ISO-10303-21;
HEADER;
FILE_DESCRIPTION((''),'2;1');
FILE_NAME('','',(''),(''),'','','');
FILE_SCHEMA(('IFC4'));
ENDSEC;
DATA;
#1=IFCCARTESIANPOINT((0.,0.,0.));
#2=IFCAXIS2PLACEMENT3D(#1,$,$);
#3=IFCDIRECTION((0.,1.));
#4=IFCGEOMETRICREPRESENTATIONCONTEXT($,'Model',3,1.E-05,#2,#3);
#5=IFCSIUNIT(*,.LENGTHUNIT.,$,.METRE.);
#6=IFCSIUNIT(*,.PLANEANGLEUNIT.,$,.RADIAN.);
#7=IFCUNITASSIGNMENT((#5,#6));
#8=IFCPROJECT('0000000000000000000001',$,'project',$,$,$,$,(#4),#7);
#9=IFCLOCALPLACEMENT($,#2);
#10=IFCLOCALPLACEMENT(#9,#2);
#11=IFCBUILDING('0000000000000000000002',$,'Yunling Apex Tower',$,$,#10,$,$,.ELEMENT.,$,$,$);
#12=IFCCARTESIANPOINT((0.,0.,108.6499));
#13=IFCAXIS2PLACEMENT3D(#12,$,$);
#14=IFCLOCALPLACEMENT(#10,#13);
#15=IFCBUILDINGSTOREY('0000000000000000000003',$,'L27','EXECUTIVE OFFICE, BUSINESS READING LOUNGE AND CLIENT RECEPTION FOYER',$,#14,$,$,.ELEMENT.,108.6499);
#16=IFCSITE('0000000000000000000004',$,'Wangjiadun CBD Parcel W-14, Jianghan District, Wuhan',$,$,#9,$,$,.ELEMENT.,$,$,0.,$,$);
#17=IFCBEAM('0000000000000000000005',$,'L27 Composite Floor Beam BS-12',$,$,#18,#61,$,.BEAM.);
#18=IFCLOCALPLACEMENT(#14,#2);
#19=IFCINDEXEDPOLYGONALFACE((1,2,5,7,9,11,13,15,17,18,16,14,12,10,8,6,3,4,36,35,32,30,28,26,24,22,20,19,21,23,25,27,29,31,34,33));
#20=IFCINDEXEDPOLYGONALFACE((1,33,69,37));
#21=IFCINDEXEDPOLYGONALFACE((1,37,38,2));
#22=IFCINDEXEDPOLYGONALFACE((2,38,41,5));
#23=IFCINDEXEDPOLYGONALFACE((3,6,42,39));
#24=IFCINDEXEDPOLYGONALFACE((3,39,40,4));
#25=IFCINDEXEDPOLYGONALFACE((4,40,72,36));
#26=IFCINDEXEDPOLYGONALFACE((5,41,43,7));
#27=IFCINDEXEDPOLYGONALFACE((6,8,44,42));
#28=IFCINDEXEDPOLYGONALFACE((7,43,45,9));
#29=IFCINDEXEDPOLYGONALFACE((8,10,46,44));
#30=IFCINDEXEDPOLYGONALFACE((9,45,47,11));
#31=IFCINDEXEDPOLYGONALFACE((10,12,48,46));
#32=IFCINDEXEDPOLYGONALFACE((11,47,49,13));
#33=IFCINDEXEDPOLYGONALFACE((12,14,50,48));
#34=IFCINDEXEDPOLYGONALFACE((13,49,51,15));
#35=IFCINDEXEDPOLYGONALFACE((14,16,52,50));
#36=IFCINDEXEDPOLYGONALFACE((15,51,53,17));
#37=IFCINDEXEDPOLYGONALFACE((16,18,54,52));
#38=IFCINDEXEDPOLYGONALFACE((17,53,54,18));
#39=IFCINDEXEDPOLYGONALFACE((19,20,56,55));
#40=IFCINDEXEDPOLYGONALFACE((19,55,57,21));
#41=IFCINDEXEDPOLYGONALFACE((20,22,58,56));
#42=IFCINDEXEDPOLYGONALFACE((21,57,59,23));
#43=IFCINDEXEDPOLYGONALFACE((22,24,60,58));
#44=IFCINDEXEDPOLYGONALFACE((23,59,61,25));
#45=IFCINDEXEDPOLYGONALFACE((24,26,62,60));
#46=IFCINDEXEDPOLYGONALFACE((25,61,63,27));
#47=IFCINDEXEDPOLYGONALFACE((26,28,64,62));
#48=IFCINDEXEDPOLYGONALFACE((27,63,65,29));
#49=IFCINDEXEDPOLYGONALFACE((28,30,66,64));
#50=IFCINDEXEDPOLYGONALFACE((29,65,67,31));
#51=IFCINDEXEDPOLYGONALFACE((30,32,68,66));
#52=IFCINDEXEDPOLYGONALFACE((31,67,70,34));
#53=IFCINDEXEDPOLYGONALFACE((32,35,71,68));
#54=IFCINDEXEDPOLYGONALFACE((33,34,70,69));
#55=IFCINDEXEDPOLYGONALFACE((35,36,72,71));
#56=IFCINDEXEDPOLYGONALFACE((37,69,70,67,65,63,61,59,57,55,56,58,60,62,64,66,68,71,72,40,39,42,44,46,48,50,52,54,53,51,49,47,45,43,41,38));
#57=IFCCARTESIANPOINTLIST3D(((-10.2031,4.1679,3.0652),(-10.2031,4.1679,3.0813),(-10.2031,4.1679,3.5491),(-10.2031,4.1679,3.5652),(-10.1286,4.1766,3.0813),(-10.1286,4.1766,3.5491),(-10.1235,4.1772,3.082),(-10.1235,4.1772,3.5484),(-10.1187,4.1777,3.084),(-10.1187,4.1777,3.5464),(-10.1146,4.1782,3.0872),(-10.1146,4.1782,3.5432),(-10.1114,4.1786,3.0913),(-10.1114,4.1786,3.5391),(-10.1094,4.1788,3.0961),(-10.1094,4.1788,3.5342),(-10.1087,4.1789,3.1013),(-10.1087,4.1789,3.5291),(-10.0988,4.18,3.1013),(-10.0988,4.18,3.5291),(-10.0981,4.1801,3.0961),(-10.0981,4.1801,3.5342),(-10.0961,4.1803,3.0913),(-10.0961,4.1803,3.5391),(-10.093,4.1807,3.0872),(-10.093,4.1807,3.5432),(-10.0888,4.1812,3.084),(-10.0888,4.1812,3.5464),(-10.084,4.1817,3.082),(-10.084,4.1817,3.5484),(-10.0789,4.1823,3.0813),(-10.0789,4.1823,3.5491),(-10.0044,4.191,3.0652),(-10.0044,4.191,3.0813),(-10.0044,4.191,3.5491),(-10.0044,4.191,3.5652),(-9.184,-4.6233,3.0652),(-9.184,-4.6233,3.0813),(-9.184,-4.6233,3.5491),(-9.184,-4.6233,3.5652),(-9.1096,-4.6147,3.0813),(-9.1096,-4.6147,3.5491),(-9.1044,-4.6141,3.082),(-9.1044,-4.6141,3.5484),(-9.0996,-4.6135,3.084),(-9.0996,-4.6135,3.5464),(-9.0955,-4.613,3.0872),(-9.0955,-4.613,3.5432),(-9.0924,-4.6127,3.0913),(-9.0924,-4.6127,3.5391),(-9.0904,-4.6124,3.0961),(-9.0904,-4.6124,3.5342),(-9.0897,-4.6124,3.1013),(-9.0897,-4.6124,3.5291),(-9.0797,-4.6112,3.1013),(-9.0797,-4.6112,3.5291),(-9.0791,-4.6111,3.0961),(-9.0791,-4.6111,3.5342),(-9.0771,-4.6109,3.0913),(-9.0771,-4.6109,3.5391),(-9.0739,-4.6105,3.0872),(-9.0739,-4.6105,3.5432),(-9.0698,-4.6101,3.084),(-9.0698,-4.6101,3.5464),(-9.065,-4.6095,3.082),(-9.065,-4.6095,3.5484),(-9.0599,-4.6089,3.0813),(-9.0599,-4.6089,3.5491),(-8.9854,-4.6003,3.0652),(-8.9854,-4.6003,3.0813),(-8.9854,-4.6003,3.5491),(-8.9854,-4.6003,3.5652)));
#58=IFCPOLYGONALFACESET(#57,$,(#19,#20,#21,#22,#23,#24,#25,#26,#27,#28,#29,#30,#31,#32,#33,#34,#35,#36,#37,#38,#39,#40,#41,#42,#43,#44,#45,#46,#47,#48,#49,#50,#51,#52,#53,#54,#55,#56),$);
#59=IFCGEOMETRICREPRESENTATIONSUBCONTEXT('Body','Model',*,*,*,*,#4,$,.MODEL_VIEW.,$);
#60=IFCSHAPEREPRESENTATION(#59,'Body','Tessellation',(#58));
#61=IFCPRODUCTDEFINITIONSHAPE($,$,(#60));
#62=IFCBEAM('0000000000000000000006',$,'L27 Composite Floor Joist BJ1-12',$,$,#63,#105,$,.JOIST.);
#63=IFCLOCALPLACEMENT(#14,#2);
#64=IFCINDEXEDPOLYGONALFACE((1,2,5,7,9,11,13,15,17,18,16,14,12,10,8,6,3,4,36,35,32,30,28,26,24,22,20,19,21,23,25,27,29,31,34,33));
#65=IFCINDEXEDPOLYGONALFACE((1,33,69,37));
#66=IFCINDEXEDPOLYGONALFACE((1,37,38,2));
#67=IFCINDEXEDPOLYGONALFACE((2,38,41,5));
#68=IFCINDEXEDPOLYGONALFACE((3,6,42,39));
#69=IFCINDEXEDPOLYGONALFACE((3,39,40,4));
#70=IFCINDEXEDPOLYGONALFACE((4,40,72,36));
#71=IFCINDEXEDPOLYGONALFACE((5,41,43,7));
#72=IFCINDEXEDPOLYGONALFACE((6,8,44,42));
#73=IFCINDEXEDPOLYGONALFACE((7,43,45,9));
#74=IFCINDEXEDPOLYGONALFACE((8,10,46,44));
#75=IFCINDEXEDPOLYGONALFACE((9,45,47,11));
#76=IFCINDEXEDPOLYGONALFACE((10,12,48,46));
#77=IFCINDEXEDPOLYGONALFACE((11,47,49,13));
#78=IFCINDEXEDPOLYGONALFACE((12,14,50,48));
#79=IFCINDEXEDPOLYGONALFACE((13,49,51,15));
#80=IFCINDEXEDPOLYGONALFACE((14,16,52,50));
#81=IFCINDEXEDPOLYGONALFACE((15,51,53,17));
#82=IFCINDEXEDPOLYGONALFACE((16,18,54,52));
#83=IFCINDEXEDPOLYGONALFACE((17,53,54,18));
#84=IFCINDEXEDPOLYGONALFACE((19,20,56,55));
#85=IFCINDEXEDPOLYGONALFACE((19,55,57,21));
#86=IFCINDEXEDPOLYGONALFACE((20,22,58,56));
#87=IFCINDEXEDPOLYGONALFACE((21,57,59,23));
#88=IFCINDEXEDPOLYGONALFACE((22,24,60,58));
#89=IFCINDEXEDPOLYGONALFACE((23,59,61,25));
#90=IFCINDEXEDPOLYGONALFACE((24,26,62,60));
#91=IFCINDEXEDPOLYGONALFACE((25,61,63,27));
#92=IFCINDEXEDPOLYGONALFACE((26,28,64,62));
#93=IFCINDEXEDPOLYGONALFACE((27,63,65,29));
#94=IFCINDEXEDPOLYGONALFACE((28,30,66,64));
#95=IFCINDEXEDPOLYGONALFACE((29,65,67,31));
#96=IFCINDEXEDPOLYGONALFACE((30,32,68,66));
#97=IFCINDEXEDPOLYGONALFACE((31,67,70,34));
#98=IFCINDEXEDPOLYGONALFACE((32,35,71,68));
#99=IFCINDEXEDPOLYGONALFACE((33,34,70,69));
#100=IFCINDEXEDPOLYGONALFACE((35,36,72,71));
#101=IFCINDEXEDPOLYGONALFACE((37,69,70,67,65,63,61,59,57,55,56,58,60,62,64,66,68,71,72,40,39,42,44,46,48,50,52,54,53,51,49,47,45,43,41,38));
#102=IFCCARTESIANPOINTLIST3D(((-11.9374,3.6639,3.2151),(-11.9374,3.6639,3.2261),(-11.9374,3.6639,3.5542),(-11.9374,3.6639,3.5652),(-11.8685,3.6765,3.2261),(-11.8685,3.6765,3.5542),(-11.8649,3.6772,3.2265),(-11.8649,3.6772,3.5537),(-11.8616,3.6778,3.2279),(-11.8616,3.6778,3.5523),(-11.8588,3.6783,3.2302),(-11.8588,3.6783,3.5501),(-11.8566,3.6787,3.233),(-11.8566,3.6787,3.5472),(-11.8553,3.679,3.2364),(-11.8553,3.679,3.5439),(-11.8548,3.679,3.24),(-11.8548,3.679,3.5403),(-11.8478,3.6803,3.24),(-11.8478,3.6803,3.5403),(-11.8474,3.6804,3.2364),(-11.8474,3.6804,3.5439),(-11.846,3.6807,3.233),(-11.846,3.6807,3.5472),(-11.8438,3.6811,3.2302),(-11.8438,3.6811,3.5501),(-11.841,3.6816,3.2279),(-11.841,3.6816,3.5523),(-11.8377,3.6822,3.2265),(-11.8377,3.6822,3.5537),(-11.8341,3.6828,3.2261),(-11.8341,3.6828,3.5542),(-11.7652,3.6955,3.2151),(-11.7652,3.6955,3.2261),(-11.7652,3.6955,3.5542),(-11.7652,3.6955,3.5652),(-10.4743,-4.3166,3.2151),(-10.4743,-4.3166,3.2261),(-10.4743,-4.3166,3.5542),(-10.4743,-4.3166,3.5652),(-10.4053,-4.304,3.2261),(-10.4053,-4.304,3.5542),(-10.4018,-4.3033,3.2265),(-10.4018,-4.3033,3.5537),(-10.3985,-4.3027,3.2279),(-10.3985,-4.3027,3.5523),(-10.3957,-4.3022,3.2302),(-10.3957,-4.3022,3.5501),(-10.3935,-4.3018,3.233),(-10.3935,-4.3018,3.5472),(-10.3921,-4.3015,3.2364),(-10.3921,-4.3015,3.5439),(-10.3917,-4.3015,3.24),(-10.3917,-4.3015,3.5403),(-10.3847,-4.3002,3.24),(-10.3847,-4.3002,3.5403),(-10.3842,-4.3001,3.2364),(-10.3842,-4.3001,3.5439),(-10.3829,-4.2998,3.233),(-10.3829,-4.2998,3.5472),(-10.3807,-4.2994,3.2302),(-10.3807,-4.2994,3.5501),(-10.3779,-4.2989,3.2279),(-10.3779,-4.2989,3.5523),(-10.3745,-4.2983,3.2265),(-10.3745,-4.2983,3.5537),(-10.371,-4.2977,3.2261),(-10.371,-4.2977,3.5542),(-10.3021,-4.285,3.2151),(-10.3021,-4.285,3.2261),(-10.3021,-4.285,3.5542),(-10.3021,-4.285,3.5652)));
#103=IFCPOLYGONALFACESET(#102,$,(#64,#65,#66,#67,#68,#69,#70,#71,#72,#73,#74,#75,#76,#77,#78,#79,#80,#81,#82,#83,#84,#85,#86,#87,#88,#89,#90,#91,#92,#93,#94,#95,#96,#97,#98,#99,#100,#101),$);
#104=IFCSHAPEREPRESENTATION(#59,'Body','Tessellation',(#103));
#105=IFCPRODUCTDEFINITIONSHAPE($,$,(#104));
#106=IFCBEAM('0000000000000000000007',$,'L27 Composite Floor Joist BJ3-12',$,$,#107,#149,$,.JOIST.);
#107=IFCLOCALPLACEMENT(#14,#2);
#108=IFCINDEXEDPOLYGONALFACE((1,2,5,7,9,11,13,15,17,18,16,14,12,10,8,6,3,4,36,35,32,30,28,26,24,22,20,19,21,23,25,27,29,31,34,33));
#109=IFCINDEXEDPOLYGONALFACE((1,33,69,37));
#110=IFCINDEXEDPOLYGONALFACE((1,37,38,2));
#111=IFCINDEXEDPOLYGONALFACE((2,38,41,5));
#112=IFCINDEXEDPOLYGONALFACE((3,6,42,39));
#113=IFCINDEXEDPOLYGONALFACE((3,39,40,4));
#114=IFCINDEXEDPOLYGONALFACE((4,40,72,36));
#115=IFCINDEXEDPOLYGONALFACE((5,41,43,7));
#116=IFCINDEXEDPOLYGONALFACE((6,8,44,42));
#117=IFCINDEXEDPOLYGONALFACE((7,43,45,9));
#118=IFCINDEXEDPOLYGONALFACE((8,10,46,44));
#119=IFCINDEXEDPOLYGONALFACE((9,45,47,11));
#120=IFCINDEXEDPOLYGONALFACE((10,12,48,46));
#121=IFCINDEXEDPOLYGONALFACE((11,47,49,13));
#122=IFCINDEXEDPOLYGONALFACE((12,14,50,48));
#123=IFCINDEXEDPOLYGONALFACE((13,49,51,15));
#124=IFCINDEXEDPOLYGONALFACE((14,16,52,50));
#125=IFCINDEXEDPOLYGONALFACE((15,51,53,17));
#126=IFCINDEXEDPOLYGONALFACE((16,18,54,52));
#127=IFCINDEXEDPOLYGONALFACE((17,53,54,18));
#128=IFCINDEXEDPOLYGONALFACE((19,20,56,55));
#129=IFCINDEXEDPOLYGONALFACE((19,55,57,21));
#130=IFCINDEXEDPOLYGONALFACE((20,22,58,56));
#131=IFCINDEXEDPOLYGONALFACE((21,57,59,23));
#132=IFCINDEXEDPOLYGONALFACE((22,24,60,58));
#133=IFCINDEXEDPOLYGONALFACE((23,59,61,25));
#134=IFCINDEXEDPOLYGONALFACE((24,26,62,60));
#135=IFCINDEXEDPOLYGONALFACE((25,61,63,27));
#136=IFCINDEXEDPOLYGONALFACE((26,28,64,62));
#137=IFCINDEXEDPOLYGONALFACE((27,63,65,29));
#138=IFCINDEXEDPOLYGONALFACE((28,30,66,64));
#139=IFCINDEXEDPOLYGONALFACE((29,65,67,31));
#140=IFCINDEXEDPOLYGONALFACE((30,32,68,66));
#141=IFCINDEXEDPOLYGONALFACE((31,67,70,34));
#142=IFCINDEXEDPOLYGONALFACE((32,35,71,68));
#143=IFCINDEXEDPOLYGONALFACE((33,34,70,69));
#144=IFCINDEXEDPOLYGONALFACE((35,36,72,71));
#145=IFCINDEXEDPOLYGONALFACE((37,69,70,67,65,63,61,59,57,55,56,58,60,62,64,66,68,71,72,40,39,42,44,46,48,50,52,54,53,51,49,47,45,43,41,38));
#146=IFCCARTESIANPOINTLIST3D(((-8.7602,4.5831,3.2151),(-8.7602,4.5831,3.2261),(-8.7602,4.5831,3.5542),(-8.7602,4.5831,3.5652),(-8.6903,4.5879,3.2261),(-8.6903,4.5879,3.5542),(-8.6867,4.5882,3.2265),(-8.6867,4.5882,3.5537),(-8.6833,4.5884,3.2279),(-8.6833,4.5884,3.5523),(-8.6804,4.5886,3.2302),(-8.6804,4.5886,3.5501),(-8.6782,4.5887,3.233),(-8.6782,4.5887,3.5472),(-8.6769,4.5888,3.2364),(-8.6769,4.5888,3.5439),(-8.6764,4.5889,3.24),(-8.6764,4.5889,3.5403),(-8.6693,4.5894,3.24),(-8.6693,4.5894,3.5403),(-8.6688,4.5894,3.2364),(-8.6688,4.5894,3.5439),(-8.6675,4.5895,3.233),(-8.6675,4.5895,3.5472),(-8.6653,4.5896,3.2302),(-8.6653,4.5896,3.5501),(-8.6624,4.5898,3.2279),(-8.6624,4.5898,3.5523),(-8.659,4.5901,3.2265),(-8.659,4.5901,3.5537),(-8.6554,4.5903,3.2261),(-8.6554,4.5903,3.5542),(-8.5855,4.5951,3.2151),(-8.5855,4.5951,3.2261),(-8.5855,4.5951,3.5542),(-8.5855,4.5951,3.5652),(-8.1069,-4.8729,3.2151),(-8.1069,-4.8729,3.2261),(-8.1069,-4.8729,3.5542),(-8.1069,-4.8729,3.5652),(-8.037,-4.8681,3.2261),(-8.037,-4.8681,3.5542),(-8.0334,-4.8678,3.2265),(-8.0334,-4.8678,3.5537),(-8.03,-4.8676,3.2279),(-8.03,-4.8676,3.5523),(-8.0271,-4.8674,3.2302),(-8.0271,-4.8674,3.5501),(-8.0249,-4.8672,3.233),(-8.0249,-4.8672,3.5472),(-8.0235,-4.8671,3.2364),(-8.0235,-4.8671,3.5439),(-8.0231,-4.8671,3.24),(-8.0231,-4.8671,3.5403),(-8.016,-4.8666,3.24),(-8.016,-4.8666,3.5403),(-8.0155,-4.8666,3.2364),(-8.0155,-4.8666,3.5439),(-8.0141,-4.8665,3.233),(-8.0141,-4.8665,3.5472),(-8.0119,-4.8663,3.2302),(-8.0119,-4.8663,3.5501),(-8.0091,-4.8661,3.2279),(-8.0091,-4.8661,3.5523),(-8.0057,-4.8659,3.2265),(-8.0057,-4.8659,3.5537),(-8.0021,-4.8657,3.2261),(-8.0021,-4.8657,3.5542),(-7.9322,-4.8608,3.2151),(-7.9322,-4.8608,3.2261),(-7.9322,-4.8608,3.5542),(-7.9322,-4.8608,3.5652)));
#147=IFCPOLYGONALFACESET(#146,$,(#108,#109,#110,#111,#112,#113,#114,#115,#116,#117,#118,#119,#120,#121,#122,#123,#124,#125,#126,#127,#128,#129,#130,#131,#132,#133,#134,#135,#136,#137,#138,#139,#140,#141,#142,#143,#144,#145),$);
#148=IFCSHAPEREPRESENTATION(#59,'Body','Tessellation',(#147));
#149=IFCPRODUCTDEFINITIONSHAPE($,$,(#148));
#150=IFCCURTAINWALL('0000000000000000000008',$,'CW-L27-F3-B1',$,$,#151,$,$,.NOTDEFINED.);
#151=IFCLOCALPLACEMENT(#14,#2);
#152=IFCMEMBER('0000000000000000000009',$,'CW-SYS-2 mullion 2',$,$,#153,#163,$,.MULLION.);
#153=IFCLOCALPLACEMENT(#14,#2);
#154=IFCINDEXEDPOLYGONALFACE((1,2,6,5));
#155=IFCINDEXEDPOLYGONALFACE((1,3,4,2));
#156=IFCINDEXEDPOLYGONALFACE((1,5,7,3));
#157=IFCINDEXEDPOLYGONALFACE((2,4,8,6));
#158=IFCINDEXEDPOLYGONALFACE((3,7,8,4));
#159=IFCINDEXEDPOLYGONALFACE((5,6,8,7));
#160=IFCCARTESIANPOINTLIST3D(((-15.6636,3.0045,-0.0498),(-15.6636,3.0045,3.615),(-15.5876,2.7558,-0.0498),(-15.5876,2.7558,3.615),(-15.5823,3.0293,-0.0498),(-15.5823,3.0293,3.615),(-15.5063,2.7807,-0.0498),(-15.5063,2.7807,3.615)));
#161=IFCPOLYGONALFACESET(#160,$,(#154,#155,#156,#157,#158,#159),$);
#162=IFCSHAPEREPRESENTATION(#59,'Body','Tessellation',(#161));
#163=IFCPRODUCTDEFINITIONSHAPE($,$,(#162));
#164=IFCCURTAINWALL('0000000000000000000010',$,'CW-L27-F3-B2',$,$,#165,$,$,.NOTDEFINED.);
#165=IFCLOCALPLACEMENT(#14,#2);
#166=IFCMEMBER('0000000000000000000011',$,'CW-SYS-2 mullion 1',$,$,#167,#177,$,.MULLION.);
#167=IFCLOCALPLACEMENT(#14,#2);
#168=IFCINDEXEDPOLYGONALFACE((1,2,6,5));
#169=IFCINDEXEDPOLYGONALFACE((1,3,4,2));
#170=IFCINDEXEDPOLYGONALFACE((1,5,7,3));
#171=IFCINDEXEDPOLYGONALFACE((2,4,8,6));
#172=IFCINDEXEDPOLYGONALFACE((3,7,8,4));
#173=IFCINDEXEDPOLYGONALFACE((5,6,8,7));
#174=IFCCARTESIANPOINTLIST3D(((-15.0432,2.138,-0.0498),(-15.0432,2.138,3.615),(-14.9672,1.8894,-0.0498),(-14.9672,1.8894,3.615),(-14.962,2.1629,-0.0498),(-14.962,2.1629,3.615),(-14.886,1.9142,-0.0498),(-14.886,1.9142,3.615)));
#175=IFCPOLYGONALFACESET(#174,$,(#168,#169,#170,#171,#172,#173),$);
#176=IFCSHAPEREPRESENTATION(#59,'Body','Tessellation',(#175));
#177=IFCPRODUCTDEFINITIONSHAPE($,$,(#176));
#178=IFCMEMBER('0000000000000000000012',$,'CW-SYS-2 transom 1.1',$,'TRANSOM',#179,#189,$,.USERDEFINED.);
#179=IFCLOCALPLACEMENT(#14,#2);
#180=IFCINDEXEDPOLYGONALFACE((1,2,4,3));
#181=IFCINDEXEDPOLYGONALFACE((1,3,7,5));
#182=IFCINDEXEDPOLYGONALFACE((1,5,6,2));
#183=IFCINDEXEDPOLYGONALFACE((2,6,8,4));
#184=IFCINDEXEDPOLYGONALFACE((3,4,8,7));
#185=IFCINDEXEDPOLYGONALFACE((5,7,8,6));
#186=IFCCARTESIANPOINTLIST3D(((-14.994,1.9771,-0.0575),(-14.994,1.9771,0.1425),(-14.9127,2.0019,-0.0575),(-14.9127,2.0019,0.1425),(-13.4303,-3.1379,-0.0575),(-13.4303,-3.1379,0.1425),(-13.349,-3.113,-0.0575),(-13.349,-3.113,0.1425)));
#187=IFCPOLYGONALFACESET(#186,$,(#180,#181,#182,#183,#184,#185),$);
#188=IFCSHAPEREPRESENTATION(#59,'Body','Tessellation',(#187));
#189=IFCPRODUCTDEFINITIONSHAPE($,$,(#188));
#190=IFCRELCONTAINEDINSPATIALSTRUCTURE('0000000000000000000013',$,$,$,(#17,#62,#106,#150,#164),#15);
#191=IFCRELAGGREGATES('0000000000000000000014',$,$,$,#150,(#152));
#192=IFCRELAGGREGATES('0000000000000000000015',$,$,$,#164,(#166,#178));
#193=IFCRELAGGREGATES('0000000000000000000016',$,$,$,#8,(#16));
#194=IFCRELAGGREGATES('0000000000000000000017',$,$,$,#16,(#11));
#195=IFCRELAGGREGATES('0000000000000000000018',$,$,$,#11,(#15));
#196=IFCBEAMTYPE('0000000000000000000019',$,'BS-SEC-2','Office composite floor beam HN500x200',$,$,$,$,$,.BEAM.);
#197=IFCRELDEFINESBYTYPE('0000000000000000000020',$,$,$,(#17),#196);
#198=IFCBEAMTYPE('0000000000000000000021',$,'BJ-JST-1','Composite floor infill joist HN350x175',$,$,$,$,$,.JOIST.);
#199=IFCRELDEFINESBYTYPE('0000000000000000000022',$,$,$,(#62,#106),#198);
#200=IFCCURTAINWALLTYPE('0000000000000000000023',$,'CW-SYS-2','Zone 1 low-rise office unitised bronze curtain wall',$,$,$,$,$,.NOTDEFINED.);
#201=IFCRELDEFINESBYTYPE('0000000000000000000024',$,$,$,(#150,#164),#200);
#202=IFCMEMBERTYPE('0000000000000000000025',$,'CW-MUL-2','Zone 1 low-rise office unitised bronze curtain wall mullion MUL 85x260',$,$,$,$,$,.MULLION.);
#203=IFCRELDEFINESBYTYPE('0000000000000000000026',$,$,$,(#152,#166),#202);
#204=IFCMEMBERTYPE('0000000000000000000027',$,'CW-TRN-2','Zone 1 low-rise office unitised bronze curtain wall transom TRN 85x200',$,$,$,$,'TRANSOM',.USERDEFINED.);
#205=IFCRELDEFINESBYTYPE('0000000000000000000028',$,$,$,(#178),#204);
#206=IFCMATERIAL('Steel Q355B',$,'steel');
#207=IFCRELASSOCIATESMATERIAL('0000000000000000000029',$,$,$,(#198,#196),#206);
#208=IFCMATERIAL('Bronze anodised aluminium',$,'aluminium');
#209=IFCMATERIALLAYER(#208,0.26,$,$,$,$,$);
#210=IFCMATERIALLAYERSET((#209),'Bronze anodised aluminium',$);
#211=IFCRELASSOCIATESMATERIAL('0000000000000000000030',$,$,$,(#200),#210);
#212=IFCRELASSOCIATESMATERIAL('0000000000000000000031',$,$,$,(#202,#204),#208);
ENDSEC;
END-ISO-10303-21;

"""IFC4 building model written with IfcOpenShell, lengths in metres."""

from ifc_helpers import new_model, si_unit, direction, frame, origin, origin_2d, place, context, subcontext, project, spatial, rectangle, i_section, extrude, source, transform, mapped, material, layer, layer_set, material_profile, profile_set, type_object, element, aggregate, save


model = new_model("IFC4")

# Units and contexts
model_context = context("Model", 3, precision=1e-05, world=origin(), true_north=direction((0.0, 1.0)))
body_context = subcontext(model_context, "Body", "Model", "MODEL_VIEW")
ifc_project = project(units=[si_unit("LENGTHUNIT", "METRE"), si_unit("PLANEANGLEUNIT", "RADIAN")], contexts=[model_context])

# Site, building, storey
site_placement = place(None, origin())
site = spatial("IfcSite", under=ifc_project, at=site_placement, Name="Wangjiadun CBD Parcel W-14, Jianghan District, Wuhan", CompositionType="ELEMENT", RefElevation=0.0)
building_placement = place(site_placement, origin())
building = spatial("IfcBuilding", under=site, at=building_placement, Name="Yunling Apex Tower", CompositionType="ELEMENT")
storey_placement = place(building_placement, frame((0.0, 0.0, 108.6499)))
storey = spatial("IfcBuildingStorey", under=building, at=storey_placement, Name="L27", Description="EXECUTIVE OFFICE, BUSINESS READING LOUNGE AND CLIENT RECEPTION FOYER", CompositionType="ELEMENT", Elevation=108.6499)

# Beams
ifc_material_1 = material(Name="Steel Q355B", Category="steel")
ifc_material_profile_1 = material_profile(ifc_material_1, i_section(OverallWidth=0.175, OverallDepth=0.3501, WebThickness=0.0071, FlangeThickness=0.011, FilletRadius=0.0139, at=origin_2d()))
ifc_profile_set_1 = profile_set([ifc_material_profile_1], Name="Steel Q355B")
beam_type_1 = type_object("IfcBeamType", Name="BJ-JST-1", Description="Composite floor infill joist HN350x175", PredefinedType="JOIST", material=ifc_profile_set_1)
ifc_material_profile_2 = material_profile(ifc_material_1, i_section(OverallWidth=0.2, OverallDepth=0.5, WebThickness=0.01, FlangeThickness=0.0161, FilletRadius=0.02, at=origin_2d()))
ifc_profile_set_2 = profile_set([ifc_material_profile_2], Name="Steel Q355B")
beam_type_2 = type_object("IfcBeamType", Name="BS-SEC-2", Description="Office composite floor beam HN500x200", PredefinedType="BEAM", material=ifc_profile_set_2)
shared_shape_1 = source(origin(), body_context, "Body", "SweptSolid", [
    extrude(i_section(OverallWidth=0.2, OverallDepth=0.5, WebThickness=0.01, FlangeThickness=0.0161, FilletRadius=0.02, at=origin_2d()), origin(), (0.0, 0.0, 1.0), 8.8501),
])
beam_1_placement = place(storey_placement, frame((-10.1038, 4.1794, 3.3152), z_axis=(0.115144, -0.993349, 0.0), x_axis=(0.993349, 0.115144, 0.0)))
element("IfcBeam", 1, at=beam_1_placement, inside=storey, type_object=beam_type_2, Name="L27 Composite Floor Beam BS-12", PredefinedType="BEAM", context=body_context, shape_type="MappedRepresentation", body=[
    mapped(shared_shape_1, transform((0.0, 0.0, 0.0), scale=1.0)),
])
shared_shape_2 = source(origin(), body_context, "Body", "SweptSolid", [
    extrude(i_section(OverallWidth=0.175, OverallDepth=0.3501, WebThickness=0.0071, FlangeThickness=0.011, FilletRadius=0.0139, at=origin_2d()), origin(), (0.0, 0.0, 1.0), 8.1135),
])
beam_2_placement = place(storey_placement, frame((-11.8513, 3.6797, 3.3901), z_axis=(0.180334, -0.983605, 0.0), x_axis=(0.983605, 0.180334, 0.0)))
element("IfcBeam", 2, at=beam_2_placement, inside=storey, type_object=beam_type_1, Name="L27 Composite Floor Joist BJ1-12", PredefinedType="JOIST", context=body_context, shape_type="MappedRepresentation", body=[
    mapped(shared_shape_2, transform((0.0, 0.0, 0.0), scale=1.0)),
])
shared_shape_3 = source(origin(), body_context, "Body", "SweptSolid", [
    extrude(i_section(OverallWidth=0.175, OverallDepth=0.3501, WebThickness=0.0071, FlangeThickness=0.011, FilletRadius=0.0139, at=origin_2d()), origin(), (0.0, 0.0, 1.0), 9.4785),
])
beam_3_placement = place(storey_placement, frame((-8.6729, 4.5891, 3.3901), z_axis=(0.068926, -0.997622, 0.0), x_axis=(0.997622, 0.068926, 0.0)))
element("IfcBeam", 3, at=beam_3_placement, inside=storey, type_object=beam_type_1, Name="L27 Composite Floor Joist BJ3-12", PredefinedType="JOIST", context=body_context, shape_type="MappedRepresentation", body=[
    mapped(shared_shape_3, transform((0.0, 0.0, 0.0), scale=1.0)),
])

# Curtain wall, member
ifc_material_2 = material(Name="Bronze anodised aluminium", Category="aluminium")
ifc_layer_1 = layer(ifc_material_2, 0.26)
ifc_layer_set_1 = layer_set([ifc_layer_1], Name="Bronze anodised aluminium")
curtain_wall_type = type_object("IfcCurtainWallType", Name="CW-SYS-2", Description="Zone 1 low-rise office unitised bronze curtain wall", PredefinedType="NOTDEFINED", material=ifc_layer_set_1)
curtain_wall_1_placement = place(storey_placement, origin())
curtain_wall_1 = element("IfcCurtainWall", 4, at=curtain_wall_1_placement, inside=storey, type_object=curtain_wall_type, Name="CW-L27-F3-B1", PredefinedType="NOTDEFINED")
ifc_material_profile_3 = material_profile(ifc_material_2, rectangle(XDim=0.085, YDim=0.26, at=origin_2d()))
ifc_profile_set_3 = profile_set([ifc_material_profile_3], Name="Bronze anodised aluminium")
member_type_1 = type_object("IfcMemberType", Name="CW-MUL-2", Description="Zone 1 low-rise office unitised bronze curtain wall mullion MUL 85x260", PredefinedType="MULLION", material=ifc_profile_set_3)
shared_shape_4 = source(origin(), body_context, "Body", "SweptSolid", [
    extrude(rectangle(XDim=0.085, YDim=0.26, at=origin_2d()), origin(), (0.0, 0.0, 1.0), 3.6648),
])
member_1_placement = place(storey_placement, frame((-15.585, 2.8926, -0.0498), z_axis=(0.0, 0.0, 1.0), x_axis=(0.956304, 0.292373, 0.0)))
member_1 = element("IfcMember", 5, at=member_1_placement, type_object=member_type_1, Name="CW-SYS-2 mullion 2", PredefinedType="MULLION", context=body_context, shape_type="MappedRepresentation", body=[
    mapped(shared_shape_4, transform((0.0, 0.0, 0.0), scale=1.0)),
])

# Curtain wall, members
curtain_wall_2_placement = place(storey_placement, origin())
curtain_wall_2 = element("IfcCurtainWall", 6, at=curtain_wall_2_placement, inside=storey, type_object=curtain_wall_type, Name="CW-L27-F3-B2", PredefinedType="NOTDEFINED")
member_2_placement = place(storey_placement, frame((-14.9646, 2.0261, -0.0498), z_axis=(0.0, 0.0, 1.0), x_axis=(0.956307, 0.292364, 0.0)))
member_2 = element("IfcMember", 7, at=member_2_placement, type_object=member_type_1, Name="CW-SYS-2 mullion 1", PredefinedType="MULLION", context=body_context, shape_type="MappedRepresentation", body=[
    mapped(shared_shape_4, transform((0.0, 0.0, 0.0), scale=1.0)),
])
ifc_material_profile_4 = material_profile(ifc_material_2, rectangle(XDim=0.085, YDim=0.2, at=origin_2d()))
ifc_profile_set_4 = profile_set([ifc_material_profile_4], Name="Bronze anodised aluminium")
member_type_2 = type_object("IfcMemberType", Name="CW-TRN-2", Description="Zone 1 low-rise office unitised bronze curtain wall transom TRN 85x200", ElementType="TRANSOM", PredefinedType="USERDEFINED", material=ifc_profile_set_4)
shared_shape_5 = source(origin(), body_context, "Body", "SweptSolid", [
    extrude(rectangle(XDim=0.085, YDim=0.2, at=origin_2d()), origin(), (0.0, 0.0, 1.0), 5.3486),
])
member_3_placement = place(storey_placement, frame((-14.9534, 1.9895, 0.0425), z_axis=(0.292357, -0.956309, 0.0), x_axis=(0.956309, 0.292357, 0.0)))
member_3 = element("IfcMember", 8, at=member_3_placement, type_object=member_type_2, Name="CW-SYS-2 transom 1.1", ObjectType="TRANSOM", PredefinedType="USERDEFINED", context=body_context, shape_type="MappedRepresentation", body=[
    mapped(shared_shape_5, transform((0.0, 0.0, 0.0), scale=1.0)),
])

aggregate(curtain_wall_1, [member_1])
aggregate(curtain_wall_2, [member_2, member_3])

save(model, "model.ifc")
